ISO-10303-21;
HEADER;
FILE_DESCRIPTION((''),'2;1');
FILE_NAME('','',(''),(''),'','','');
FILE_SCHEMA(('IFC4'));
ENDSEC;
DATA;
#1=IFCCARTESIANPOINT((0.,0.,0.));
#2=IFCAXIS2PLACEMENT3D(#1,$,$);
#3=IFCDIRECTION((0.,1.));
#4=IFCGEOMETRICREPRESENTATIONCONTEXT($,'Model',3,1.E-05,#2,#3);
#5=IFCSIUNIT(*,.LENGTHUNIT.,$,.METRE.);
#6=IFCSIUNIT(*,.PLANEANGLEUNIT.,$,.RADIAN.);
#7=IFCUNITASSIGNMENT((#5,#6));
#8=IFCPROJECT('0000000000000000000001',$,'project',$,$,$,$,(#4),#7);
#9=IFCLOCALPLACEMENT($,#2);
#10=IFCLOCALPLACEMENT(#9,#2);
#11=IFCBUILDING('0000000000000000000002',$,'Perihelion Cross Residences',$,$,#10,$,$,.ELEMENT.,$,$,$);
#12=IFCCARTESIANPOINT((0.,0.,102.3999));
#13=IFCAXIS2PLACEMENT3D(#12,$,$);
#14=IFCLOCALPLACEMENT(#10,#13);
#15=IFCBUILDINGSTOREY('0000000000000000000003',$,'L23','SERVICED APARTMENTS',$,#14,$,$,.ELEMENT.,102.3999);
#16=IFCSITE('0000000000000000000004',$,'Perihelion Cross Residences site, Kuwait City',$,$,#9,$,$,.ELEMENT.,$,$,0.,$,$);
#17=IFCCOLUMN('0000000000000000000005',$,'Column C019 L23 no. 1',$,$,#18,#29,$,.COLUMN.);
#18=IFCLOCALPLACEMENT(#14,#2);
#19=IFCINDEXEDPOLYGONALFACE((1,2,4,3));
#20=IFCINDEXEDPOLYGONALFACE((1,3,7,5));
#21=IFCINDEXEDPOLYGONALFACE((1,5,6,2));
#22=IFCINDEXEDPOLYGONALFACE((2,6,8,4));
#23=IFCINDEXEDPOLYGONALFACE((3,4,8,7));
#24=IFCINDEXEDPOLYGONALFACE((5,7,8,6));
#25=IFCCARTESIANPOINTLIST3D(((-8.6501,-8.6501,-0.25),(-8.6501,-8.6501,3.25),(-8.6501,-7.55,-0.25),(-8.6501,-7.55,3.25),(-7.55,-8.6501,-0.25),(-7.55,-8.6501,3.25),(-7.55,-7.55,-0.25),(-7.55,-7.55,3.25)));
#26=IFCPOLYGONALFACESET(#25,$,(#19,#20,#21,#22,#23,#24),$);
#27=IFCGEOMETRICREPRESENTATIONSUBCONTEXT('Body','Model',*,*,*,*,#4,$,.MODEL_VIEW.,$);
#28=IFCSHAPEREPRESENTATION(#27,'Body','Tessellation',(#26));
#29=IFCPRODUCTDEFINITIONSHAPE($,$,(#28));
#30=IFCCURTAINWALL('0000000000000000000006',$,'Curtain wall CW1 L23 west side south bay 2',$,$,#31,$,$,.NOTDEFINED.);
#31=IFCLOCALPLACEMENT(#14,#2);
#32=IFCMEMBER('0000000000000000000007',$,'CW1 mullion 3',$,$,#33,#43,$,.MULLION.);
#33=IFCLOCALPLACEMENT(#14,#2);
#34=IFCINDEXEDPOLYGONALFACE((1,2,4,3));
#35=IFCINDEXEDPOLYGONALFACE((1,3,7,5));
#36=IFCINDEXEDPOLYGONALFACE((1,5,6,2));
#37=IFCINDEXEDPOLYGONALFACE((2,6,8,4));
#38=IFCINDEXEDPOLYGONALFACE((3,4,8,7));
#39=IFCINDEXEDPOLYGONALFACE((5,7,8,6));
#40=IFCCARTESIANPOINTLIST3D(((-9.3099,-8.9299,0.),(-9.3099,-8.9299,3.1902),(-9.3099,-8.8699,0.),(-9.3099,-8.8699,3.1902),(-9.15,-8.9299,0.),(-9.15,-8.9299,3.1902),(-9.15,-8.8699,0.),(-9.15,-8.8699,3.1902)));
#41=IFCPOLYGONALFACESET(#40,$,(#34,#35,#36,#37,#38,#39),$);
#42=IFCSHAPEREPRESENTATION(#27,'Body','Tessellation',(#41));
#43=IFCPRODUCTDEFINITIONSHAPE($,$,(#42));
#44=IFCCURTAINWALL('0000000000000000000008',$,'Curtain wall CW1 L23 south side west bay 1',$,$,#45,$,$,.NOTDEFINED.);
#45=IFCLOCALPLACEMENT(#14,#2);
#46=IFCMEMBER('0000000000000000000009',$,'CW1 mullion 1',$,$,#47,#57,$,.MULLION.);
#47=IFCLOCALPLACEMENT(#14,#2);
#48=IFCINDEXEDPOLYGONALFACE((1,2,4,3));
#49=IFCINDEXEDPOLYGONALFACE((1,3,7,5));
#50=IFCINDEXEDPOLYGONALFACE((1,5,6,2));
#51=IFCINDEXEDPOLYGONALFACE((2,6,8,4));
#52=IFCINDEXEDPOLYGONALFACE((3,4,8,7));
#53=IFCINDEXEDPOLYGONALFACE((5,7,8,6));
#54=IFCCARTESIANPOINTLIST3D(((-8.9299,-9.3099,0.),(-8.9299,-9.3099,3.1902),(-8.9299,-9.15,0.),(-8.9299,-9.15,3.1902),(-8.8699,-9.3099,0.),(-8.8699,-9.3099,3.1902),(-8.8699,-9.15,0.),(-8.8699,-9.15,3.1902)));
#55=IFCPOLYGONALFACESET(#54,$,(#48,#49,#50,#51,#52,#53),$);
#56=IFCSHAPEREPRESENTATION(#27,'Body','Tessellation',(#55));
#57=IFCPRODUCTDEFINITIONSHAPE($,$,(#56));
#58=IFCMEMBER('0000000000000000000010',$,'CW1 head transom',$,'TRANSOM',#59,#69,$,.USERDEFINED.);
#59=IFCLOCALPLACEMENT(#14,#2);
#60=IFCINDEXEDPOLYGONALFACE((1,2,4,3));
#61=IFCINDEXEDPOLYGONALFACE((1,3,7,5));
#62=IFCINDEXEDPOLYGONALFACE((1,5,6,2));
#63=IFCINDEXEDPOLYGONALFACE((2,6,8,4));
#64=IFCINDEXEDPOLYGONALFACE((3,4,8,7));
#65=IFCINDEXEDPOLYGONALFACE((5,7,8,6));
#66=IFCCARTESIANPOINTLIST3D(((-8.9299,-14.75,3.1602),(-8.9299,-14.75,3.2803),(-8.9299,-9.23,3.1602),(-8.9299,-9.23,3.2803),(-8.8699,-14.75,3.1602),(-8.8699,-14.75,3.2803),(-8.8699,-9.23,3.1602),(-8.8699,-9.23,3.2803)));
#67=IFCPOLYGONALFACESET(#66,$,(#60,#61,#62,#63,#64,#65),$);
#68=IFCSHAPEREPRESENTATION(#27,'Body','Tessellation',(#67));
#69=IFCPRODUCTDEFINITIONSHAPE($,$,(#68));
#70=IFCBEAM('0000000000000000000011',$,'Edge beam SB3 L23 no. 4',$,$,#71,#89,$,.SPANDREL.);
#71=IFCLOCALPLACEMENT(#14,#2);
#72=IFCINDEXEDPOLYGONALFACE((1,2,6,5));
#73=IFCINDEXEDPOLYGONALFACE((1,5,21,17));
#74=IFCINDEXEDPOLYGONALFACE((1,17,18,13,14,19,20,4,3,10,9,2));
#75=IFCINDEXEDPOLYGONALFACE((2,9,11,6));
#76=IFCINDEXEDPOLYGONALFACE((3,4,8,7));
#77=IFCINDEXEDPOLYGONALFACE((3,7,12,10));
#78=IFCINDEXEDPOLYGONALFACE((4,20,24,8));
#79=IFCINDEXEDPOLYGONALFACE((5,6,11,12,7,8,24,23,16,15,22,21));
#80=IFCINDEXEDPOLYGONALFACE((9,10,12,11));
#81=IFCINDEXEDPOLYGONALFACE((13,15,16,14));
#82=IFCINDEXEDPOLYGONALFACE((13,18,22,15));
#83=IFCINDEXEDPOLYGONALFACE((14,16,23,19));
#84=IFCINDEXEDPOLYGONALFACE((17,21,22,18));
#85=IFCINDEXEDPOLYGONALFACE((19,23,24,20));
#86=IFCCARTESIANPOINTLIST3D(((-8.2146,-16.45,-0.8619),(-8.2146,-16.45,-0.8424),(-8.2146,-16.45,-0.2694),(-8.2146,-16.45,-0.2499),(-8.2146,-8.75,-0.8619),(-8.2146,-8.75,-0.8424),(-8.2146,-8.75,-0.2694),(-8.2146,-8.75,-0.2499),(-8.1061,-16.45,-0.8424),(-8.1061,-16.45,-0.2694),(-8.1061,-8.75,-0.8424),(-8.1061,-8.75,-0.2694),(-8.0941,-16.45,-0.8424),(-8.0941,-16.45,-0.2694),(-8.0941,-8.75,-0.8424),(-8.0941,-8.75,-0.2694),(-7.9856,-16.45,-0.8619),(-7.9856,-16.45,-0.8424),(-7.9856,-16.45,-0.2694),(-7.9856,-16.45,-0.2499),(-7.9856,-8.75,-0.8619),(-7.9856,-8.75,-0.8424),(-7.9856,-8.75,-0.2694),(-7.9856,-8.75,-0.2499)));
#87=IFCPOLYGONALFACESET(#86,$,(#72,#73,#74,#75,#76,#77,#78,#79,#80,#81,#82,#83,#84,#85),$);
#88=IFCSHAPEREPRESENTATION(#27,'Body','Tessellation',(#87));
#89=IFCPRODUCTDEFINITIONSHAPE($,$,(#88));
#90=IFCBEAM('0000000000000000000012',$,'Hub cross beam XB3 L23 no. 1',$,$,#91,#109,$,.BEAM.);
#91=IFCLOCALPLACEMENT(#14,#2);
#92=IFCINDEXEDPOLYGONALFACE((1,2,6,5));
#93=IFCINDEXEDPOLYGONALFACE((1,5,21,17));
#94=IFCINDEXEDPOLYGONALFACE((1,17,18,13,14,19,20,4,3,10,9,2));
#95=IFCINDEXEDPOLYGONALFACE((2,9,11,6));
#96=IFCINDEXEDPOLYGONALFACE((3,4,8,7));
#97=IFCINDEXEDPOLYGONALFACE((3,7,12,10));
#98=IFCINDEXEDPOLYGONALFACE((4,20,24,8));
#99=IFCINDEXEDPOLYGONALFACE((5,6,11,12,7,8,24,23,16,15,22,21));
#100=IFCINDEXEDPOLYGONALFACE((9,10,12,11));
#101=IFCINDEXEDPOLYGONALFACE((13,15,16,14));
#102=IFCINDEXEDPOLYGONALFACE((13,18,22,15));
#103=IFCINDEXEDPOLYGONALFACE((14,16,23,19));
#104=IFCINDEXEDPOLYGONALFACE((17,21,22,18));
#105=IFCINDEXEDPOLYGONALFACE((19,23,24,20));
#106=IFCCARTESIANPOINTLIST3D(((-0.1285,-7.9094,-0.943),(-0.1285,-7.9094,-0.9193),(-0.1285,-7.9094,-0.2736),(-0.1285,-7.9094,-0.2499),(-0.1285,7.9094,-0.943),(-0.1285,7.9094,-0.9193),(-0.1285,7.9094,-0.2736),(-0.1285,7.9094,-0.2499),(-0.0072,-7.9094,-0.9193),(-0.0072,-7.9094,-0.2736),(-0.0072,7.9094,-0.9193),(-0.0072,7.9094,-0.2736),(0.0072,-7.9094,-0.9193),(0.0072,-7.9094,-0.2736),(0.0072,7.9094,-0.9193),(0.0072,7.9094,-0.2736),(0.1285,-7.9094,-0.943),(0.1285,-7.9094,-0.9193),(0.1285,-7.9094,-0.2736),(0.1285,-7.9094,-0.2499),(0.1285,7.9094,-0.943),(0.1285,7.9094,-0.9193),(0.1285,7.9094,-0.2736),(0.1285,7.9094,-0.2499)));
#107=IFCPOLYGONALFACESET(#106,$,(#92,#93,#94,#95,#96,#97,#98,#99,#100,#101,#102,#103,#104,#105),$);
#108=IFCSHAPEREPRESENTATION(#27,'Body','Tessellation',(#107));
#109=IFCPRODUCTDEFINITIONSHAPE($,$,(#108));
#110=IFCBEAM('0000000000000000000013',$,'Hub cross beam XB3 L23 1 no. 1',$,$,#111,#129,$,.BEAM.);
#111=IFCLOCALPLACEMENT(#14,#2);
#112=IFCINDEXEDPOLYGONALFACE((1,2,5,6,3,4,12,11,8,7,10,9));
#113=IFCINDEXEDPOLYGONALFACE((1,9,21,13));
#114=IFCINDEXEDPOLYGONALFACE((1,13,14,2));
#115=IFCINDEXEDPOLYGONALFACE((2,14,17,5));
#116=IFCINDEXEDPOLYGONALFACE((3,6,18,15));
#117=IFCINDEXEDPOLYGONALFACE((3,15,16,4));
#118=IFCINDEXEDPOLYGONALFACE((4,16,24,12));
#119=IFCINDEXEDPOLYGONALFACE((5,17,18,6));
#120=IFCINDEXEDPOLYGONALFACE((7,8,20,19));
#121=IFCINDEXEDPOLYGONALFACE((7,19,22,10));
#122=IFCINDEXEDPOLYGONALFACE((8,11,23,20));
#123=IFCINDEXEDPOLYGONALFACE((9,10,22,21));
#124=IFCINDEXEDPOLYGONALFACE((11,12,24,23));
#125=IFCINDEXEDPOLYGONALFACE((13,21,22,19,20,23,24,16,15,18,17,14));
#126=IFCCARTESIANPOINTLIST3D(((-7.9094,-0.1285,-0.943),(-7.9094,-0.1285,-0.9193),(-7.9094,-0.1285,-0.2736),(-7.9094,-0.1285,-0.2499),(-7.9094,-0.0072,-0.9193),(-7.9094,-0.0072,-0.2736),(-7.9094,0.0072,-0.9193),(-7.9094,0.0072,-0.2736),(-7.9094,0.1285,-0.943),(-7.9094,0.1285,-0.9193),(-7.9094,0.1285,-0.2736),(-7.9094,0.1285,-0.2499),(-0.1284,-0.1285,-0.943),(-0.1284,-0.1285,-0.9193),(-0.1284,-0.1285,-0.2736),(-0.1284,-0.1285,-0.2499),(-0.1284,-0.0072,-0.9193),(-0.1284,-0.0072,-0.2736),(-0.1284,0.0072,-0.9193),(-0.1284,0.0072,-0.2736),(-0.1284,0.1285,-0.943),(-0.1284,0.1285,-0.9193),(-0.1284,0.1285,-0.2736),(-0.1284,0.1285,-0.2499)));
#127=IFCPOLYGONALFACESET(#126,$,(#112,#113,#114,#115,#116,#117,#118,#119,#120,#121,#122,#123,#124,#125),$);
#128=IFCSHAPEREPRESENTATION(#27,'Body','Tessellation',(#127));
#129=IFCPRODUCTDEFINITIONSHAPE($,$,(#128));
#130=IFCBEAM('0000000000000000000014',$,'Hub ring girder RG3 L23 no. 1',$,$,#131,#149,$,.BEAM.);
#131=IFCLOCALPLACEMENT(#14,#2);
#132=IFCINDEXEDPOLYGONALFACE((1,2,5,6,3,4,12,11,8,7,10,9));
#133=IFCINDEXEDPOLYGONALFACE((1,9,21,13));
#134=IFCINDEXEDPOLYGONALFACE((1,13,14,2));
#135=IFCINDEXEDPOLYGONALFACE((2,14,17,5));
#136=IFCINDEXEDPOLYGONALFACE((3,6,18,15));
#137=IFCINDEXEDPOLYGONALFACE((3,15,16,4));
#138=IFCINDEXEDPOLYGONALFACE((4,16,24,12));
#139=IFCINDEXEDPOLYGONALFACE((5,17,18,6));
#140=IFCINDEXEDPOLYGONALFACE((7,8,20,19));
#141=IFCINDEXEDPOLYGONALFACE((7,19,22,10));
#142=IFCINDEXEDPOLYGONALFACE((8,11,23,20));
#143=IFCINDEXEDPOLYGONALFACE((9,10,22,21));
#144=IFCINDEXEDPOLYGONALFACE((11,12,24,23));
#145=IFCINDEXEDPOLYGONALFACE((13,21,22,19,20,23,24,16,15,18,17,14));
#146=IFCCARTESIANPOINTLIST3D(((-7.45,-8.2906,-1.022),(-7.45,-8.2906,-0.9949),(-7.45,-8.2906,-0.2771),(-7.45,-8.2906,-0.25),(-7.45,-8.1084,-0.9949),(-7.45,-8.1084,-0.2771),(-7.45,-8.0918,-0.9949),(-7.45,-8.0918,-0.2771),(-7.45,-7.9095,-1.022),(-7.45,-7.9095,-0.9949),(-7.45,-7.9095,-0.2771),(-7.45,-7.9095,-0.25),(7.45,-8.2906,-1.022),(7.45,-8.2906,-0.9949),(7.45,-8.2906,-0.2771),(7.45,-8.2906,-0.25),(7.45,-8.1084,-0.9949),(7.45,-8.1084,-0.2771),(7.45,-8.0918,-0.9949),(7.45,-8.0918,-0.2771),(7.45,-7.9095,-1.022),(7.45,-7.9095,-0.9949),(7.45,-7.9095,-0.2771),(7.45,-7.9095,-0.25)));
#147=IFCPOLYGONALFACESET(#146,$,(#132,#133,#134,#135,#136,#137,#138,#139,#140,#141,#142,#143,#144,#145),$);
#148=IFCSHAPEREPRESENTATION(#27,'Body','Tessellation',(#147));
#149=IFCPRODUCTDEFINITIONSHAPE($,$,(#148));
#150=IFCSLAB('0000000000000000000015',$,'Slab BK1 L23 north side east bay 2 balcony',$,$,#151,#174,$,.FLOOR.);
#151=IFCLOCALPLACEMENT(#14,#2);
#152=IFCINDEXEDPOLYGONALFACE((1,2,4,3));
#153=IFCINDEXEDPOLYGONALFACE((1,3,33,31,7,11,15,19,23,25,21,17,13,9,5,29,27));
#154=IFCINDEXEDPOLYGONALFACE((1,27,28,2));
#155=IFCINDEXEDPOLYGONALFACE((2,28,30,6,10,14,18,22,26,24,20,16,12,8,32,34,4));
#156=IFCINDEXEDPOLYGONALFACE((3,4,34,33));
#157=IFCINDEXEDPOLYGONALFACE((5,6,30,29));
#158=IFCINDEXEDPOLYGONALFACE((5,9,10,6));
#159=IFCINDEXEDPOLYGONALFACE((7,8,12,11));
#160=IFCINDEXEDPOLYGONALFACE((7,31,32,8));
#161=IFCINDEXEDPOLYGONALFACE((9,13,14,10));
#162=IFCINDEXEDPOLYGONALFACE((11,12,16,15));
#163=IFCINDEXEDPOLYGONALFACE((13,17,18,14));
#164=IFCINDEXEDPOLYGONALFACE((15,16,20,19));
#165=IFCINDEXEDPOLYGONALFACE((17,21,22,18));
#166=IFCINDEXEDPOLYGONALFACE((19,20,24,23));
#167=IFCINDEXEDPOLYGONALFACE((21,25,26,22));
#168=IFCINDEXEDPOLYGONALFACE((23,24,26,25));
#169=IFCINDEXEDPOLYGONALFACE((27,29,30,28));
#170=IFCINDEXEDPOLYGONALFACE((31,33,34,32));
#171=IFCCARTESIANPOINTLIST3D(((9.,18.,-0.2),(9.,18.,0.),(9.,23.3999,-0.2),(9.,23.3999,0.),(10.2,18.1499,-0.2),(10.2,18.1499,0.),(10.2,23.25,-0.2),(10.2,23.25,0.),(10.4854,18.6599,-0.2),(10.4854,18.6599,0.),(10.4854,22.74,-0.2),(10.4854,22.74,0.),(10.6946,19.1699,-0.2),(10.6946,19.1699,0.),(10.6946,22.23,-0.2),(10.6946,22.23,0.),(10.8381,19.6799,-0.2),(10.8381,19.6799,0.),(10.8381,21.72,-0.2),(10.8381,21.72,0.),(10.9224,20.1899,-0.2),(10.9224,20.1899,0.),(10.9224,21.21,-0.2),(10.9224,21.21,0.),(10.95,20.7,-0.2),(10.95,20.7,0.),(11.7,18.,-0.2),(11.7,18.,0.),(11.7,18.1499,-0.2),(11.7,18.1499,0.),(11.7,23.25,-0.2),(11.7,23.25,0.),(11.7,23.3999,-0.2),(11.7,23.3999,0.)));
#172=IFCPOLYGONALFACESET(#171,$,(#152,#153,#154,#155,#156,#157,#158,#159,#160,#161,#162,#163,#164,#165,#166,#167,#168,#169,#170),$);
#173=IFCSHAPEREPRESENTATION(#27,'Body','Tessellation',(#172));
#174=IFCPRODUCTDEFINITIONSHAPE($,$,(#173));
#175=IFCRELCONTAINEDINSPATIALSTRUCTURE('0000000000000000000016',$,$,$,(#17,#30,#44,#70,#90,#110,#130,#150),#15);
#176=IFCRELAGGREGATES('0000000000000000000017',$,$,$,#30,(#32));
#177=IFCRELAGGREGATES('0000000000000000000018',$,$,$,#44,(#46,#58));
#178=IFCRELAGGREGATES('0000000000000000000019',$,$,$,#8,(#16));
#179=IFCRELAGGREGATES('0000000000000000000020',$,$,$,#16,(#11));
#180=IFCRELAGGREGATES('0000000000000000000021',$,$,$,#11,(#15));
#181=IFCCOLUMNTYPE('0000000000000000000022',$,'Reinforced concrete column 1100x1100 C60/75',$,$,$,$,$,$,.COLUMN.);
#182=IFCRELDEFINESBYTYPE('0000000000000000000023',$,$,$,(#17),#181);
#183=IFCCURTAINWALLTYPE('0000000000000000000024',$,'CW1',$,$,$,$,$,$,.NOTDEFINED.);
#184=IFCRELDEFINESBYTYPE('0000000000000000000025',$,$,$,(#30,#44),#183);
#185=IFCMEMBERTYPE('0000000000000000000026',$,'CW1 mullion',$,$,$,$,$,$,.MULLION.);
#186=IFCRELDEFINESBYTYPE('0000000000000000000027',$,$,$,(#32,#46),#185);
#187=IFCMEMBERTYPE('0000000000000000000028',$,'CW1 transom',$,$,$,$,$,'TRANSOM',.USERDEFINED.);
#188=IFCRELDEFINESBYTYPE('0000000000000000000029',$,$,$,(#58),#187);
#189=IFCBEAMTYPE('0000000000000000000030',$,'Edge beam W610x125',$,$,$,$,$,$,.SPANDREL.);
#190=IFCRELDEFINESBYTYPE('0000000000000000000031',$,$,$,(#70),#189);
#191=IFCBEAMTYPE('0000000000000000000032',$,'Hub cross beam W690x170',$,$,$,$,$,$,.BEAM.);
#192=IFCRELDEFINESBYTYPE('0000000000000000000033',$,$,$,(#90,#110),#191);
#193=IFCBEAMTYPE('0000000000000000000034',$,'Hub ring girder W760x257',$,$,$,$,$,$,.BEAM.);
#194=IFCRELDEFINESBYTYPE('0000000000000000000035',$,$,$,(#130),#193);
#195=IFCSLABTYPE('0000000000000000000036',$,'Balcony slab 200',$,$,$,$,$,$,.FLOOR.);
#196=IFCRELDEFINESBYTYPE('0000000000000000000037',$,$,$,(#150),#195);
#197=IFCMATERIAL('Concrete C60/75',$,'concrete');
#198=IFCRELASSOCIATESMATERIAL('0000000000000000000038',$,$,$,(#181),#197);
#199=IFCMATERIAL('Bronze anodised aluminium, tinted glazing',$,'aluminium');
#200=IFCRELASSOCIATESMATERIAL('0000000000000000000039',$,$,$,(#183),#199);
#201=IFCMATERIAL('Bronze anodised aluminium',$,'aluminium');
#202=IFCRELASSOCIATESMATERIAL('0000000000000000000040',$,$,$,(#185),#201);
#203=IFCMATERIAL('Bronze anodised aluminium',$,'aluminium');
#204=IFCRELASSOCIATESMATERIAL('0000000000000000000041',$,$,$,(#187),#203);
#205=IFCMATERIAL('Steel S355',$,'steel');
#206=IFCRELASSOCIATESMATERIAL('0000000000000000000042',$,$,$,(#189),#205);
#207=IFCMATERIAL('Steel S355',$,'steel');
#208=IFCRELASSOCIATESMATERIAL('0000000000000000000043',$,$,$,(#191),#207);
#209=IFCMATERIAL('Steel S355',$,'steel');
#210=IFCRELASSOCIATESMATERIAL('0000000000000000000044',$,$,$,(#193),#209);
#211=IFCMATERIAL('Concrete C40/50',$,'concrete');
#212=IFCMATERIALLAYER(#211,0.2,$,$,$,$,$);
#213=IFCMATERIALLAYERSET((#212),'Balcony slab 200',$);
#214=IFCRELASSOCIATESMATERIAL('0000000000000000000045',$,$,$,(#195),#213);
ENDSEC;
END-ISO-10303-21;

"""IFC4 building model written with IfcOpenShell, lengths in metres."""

from ifc_helpers import new_model, si_unit, direction, frame, origin, origin_2d, place, context, subcontext, project, spatial, polyline, rectangle, i_section, outline, extrude, material, layer, layer_set, material_profile, profile_set, type_object, element, aggregate, save


model = new_model("IFC4")

# Units and contexts
model_context = context("Model", 3, precision=1e-05, world=origin(), true_north=direction((0.0, 1.0)))
body_context = subcontext(model_context, "Body", "Model", "MODEL_VIEW")
ifc_project = project(units=[si_unit("LENGTHUNIT", "METRE"), si_unit("PLANEANGLEUNIT", "RADIAN")], contexts=[model_context])

# Site, building, storey
site_placement = place(None, origin())
site = spatial("IfcSite", under=ifc_project, at=site_placement, Name="Perihelion Cross Residences site, Kuwait City", CompositionType="ELEMENT", RefElevation=0.0)
building_placement = place(site_placement, origin())
building = spatial("IfcBuilding", under=site, at=building_placement, Name="Perihelion Cross Residences", CompositionType="ELEMENT")
storey_placement = place(building_placement, frame((0.0, 0.0, 102.3999)))
storey = spatial("IfcBuildingStorey", under=building, at=storey_placement, Name="L23", Description="SERVICED APARTMENTS", CompositionType="ELEMENT", Elevation=102.3999)

# Column
ifc_material_1 = material(Name="Concrete C60/75", Category="concrete")
ifc_material_profile_1 = material_profile(ifc_material_1, rectangle(XDim=1.1001, YDim=1.1001, at=origin_2d()), Name="RC 1100x1100")
ifc_profile_set_1 = profile_set([ifc_material_profile_1], Name="Concrete C60/75")
column_type = type_object("IfcColumnType", Name="Reinforced concrete column 1100x1100 C60/75", PredefinedType="COLUMN", material=ifc_profile_set_1)
column_placement = place(storey_placement, frame((-8.1001, -8.1001, -0.25), z_axis=(0.0, 0.0, 1.0), x_axis=(1.0, 0.0, 0.0)))
element("IfcColumn", 1, at=column_placement, inside=storey, type_object=column_type, Name="Column C019 L23 no. 1", PredefinedType="COLUMN", context=body_context, shape_type="SweptSolid", body=[
    extrude(rectangle(XDim=1.1001, YDim=1.1001, at=origin_2d()), origin(), (0.0, 0.0, 1.0), 3.5),
])

# Curtain wall, member
ifc_material_2 = material(Name="Bronze anodised aluminium, tinted glazing", Category="aluminium")
curtain_wall_type = type_object("IfcCurtainWallType", Name="CW1", PredefinedType="NOTDEFINED", material=ifc_material_2)
curtain_wall_1_placement = place(storey_placement, origin())
curtain_wall_1 = element("IfcCurtainWall", 2, at=curtain_wall_1_placement, inside=storey, type_object=curtain_wall_type, Name="Curtain wall CW1 L23 west side south bay 2", PredefinedType="NOTDEFINED")
ifc_material_3 = material(Name="Bronze anodised aluminium", Category="aluminium")
ifc_material_profile_2 = material_profile(ifc_material_3, rectangle(XDim=0.0601, YDim=0.1599, at=origin_2d()), Name="CW1 mullion")
ifc_profile_set_2 = profile_set([ifc_material_profile_2], Name="Bronze anodised aluminium")
member_type_1 = type_object("IfcMemberType", Name="CW1 mullion", PredefinedType="MULLION", material=ifc_profile_set_2)
member_1_placement = place(storey_placement, frame((-9.23, -8.8999, 0.0), z_axis=(0.0, 0.0, 1.0), x_axis=(0.0, 1.0, 0.0)))
member_1 = element("IfcMember", 3, at=member_1_placement, type_object=member_type_1, Name="CW1 mullion 3", PredefinedType="MULLION", context=body_context, shape_type="SweptSolid", body=[
    extrude(rectangle(XDim=0.0601, YDim=0.1599, at=origin_2d()), origin(), (0.0, 0.0, 1.0), 3.1902),
])

# Curtain wall, members
curtain_wall_2_placement = place(storey_placement, origin())
curtain_wall_2 = element("IfcCurtainWall", 4, at=curtain_wall_2_placement, inside=storey, type_object=curtain_wall_type, Name="Curtain wall CW1 L23 south side west bay 1", PredefinedType="NOTDEFINED")
member_2_placement = place(storey_placement, frame((-8.8999, -9.23, 0.0), z_axis=(0.0, 0.0, 1.0), x_axis=(1.0, 0.0, 0.0)))
member_2 = element("IfcMember", 5, at=member_2_placement, type_object=member_type_1, Name="CW1 mullion 1", PredefinedType="MULLION", context=body_context, shape_type="SweptSolid", body=[
    extrude(rectangle(XDim=0.0601, YDim=0.1599, at=origin_2d()), origin(), (0.0, 0.0, 1.0), 3.1902),
])
ifc_material_4 = material(Name="Bronze anodised aluminium", Category="aluminium")
ifc_material_profile_3 = material_profile(ifc_material_4, rectangle(XDim=0.0601, YDim=0.1201, at=origin_2d()), Name="CW1 transom")
ifc_profile_set_3 = profile_set([ifc_material_profile_3], Name="Bronze anodised aluminium")
member_type_2 = type_object("IfcMemberType", Name="CW1 transom", ElementType="TRANSOM", PredefinedType="USERDEFINED", material=ifc_profile_set_3)
member_3_placement = place(storey_placement, frame((-8.8999, -9.23, 3.2202), z_axis=(0.0, -1.0, 0.0), x_axis=(1.0, 0.0, 0.0)))
member_3 = element("IfcMember", 6, at=member_3_placement, type_object=member_type_2, Name="CW1 head transom", ObjectType="TRANSOM", PredefinedType="USERDEFINED", context=body_context, shape_type="SweptSolid", body=[
    extrude(rectangle(XDim=0.0601, YDim=0.1201, at=origin_2d()), origin(), (0.0, 0.0, 1.0), 5.52),
])

# Beams
ifc_material_5 = material(Name="Steel S355", Category="steel")
ifc_material_profile_4 = material_profile(ifc_material_5, i_section(OverallWidth=0.229, OverallDepth=0.6121, WebThickness=0.012, FlangeThickness=0.0195, at=origin_2d()), Name="W610x125")
ifc_profile_set_4 = profile_set([ifc_material_profile_4], Name="Steel S355")
beam_type_1 = type_object("IfcBeamType", Name="Edge beam W610x125", PredefinedType="SPANDREL", material=ifc_profile_set_4)
beam_1_placement = place(storey_placement, frame((-8.1001, -8.75, -0.5559), z_axis=(0.0, -1.0, 0.0), x_axis=(1.0, 0.0, 0.0)))
element("IfcBeam", 7, at=beam_1_placement, inside=storey, type_object=beam_type_1, Name="Edge beam SB3 L23 no. 4", PredefinedType="SPANDREL", context=body_context, shape_type="SweptSolid", body=[
    extrude(i_section(OverallWidth=0.229, OverallDepth=0.6121, WebThickness=0.012, FlangeThickness=0.0195, at=origin_2d()), origin(), (0.0, 0.0, 1.0), 7.7),
])
ifc_material_6 = material(Name="Steel S355", Category="steel")
ifc_material_profile_5 = material_profile(ifc_material_6, i_section(OverallWidth=0.2571, OverallDepth=0.6931, WebThickness=0.0144, FlangeThickness=0.0237, at=origin_2d()), Name="W690x170")
ifc_profile_set_5 = profile_set([ifc_material_profile_5], Name="Steel S355")
beam_type_2 = type_object("IfcBeamType", Name="Hub cross beam W690x170", PredefinedType="BEAM", material=ifc_profile_set_5)
beam_2_placement = place(storey_placement, frame((0.0, -7.9094, -0.5964), z_axis=(0.0, 1.0, 0.0), x_axis=(-1.0, 0.0, 0.0)))
element("IfcBeam", 8, at=beam_2_placement, inside=storey, type_object=beam_type_2, Name="Hub cross beam XB3 L23 no. 1", PredefinedType="BEAM", context=body_context, shape_type="SweptSolid", body=[
    extrude(i_section(OverallWidth=0.2571, OverallDepth=0.6931, WebThickness=0.0144, FlangeThickness=0.0237, at=origin_2d()), origin(), (0.0, 0.0, 1.0), 15.8188),
])
beam_3_placement = place(storey_placement, frame((-7.9094, 0.0, -0.5964), z_axis=(1.0, 0.0, 0.0), x_axis=(0.0, 1.0, 0.0)))
element("IfcBeam", 9, at=beam_3_placement, inside=storey, type_object=beam_type_2, Name="Hub cross beam XB3 L23 1 no. 1", PredefinedType="BEAM", context=body_context, shape_type="SweptSolid", body=[
    extrude(i_section(OverallWidth=0.2571, OverallDepth=0.6931, WebThickness=0.0144, FlangeThickness=0.0237, at=origin_2d()), origin(), (0.0, 0.0, 1.0), 7.781),
])
ifc_material_7 = material(Name="Steel S355", Category="steel")
ifc_material_profile_6 = material_profile(ifc_material_7, i_section(OverallWidth=0.3811, OverallDepth=0.772, WebThickness=0.0166, FlangeThickness=0.0271, at=origin_2d()), Name="W760x257")
ifc_profile_set_6 = profile_set([ifc_material_profile_6], Name="Steel S355")
beam_type_3 = type_object("IfcBeamType", Name="Hub ring girder W760x257", PredefinedType="BEAM", material=ifc_profile_set_6)
beam_4_placement = place(storey_placement, frame((-7.45, -8.1001, -0.636), z_axis=(1.0, 0.0, 0.0), x_axis=(0.0, 1.0, 0.0)))
element("IfcBeam", 10, at=beam_4_placement, inside=storey, type_object=beam_type_3, Name="Hub ring girder RG3 L23 no. 1", PredefinedType="BEAM", context=body_context, shape_type="SweptSolid", body=[
    extrude(i_section(OverallWidth=0.3811, OverallDepth=0.772, WebThickness=0.0166, FlangeThickness=0.0271, at=origin_2d()), origin(), (0.0, 0.0, 1.0), 14.8999),
])

# Slab
ifc_material_8 = material(Name="Concrete C40/50", Category="concrete")
ifc_layer_1 = layer(ifc_material_8, 0.2)
ifc_layer_set_1 = layer_set([ifc_layer_1], Name="Balcony slab 200")
slab_type_1 = type_object("IfcSlabType", Name="Balcony slab 200", PredefinedType="FLOOR", material=ifc_layer_set_1)
slab_1_placement = place(storey_placement, frame((0.0, 0.0, -0.2)))
element("IfcSlab", 11, at=slab_1_placement, inside=storey, type_object=slab_type_1, Name="Slab BK1 L23 north side east bay 2 balcony", PredefinedType="FLOOR", context=body_context, shape_type="SweptSolid", body=[
    extrude(outline(polyline([(9.0, 18.0), (9.0, 23.3999), (11.7, 23.3999), (11.7, 23.25), (10.2, 23.25), (10.4854, 22.74), (10.6946, 22.23), (10.8381, 21.72), (10.9224, 21.21), (10.95, 20.7), (10.9224, 20.1899), (10.8381, 19.6799), (10.6946, 19.1699), (10.4854, 18.6599), (10.2, 18.1499), (11.7, 18.1499), (11.7, 18.0), (9.0, 18.0)])), origin(), (0.0, 0.0, 1.0), 0.2),
])

aggregate(curtain_wall_1, [member_1])
aggregate(curtain_wall_2, [member_2, member_3])

save(model, "model.ifc")
